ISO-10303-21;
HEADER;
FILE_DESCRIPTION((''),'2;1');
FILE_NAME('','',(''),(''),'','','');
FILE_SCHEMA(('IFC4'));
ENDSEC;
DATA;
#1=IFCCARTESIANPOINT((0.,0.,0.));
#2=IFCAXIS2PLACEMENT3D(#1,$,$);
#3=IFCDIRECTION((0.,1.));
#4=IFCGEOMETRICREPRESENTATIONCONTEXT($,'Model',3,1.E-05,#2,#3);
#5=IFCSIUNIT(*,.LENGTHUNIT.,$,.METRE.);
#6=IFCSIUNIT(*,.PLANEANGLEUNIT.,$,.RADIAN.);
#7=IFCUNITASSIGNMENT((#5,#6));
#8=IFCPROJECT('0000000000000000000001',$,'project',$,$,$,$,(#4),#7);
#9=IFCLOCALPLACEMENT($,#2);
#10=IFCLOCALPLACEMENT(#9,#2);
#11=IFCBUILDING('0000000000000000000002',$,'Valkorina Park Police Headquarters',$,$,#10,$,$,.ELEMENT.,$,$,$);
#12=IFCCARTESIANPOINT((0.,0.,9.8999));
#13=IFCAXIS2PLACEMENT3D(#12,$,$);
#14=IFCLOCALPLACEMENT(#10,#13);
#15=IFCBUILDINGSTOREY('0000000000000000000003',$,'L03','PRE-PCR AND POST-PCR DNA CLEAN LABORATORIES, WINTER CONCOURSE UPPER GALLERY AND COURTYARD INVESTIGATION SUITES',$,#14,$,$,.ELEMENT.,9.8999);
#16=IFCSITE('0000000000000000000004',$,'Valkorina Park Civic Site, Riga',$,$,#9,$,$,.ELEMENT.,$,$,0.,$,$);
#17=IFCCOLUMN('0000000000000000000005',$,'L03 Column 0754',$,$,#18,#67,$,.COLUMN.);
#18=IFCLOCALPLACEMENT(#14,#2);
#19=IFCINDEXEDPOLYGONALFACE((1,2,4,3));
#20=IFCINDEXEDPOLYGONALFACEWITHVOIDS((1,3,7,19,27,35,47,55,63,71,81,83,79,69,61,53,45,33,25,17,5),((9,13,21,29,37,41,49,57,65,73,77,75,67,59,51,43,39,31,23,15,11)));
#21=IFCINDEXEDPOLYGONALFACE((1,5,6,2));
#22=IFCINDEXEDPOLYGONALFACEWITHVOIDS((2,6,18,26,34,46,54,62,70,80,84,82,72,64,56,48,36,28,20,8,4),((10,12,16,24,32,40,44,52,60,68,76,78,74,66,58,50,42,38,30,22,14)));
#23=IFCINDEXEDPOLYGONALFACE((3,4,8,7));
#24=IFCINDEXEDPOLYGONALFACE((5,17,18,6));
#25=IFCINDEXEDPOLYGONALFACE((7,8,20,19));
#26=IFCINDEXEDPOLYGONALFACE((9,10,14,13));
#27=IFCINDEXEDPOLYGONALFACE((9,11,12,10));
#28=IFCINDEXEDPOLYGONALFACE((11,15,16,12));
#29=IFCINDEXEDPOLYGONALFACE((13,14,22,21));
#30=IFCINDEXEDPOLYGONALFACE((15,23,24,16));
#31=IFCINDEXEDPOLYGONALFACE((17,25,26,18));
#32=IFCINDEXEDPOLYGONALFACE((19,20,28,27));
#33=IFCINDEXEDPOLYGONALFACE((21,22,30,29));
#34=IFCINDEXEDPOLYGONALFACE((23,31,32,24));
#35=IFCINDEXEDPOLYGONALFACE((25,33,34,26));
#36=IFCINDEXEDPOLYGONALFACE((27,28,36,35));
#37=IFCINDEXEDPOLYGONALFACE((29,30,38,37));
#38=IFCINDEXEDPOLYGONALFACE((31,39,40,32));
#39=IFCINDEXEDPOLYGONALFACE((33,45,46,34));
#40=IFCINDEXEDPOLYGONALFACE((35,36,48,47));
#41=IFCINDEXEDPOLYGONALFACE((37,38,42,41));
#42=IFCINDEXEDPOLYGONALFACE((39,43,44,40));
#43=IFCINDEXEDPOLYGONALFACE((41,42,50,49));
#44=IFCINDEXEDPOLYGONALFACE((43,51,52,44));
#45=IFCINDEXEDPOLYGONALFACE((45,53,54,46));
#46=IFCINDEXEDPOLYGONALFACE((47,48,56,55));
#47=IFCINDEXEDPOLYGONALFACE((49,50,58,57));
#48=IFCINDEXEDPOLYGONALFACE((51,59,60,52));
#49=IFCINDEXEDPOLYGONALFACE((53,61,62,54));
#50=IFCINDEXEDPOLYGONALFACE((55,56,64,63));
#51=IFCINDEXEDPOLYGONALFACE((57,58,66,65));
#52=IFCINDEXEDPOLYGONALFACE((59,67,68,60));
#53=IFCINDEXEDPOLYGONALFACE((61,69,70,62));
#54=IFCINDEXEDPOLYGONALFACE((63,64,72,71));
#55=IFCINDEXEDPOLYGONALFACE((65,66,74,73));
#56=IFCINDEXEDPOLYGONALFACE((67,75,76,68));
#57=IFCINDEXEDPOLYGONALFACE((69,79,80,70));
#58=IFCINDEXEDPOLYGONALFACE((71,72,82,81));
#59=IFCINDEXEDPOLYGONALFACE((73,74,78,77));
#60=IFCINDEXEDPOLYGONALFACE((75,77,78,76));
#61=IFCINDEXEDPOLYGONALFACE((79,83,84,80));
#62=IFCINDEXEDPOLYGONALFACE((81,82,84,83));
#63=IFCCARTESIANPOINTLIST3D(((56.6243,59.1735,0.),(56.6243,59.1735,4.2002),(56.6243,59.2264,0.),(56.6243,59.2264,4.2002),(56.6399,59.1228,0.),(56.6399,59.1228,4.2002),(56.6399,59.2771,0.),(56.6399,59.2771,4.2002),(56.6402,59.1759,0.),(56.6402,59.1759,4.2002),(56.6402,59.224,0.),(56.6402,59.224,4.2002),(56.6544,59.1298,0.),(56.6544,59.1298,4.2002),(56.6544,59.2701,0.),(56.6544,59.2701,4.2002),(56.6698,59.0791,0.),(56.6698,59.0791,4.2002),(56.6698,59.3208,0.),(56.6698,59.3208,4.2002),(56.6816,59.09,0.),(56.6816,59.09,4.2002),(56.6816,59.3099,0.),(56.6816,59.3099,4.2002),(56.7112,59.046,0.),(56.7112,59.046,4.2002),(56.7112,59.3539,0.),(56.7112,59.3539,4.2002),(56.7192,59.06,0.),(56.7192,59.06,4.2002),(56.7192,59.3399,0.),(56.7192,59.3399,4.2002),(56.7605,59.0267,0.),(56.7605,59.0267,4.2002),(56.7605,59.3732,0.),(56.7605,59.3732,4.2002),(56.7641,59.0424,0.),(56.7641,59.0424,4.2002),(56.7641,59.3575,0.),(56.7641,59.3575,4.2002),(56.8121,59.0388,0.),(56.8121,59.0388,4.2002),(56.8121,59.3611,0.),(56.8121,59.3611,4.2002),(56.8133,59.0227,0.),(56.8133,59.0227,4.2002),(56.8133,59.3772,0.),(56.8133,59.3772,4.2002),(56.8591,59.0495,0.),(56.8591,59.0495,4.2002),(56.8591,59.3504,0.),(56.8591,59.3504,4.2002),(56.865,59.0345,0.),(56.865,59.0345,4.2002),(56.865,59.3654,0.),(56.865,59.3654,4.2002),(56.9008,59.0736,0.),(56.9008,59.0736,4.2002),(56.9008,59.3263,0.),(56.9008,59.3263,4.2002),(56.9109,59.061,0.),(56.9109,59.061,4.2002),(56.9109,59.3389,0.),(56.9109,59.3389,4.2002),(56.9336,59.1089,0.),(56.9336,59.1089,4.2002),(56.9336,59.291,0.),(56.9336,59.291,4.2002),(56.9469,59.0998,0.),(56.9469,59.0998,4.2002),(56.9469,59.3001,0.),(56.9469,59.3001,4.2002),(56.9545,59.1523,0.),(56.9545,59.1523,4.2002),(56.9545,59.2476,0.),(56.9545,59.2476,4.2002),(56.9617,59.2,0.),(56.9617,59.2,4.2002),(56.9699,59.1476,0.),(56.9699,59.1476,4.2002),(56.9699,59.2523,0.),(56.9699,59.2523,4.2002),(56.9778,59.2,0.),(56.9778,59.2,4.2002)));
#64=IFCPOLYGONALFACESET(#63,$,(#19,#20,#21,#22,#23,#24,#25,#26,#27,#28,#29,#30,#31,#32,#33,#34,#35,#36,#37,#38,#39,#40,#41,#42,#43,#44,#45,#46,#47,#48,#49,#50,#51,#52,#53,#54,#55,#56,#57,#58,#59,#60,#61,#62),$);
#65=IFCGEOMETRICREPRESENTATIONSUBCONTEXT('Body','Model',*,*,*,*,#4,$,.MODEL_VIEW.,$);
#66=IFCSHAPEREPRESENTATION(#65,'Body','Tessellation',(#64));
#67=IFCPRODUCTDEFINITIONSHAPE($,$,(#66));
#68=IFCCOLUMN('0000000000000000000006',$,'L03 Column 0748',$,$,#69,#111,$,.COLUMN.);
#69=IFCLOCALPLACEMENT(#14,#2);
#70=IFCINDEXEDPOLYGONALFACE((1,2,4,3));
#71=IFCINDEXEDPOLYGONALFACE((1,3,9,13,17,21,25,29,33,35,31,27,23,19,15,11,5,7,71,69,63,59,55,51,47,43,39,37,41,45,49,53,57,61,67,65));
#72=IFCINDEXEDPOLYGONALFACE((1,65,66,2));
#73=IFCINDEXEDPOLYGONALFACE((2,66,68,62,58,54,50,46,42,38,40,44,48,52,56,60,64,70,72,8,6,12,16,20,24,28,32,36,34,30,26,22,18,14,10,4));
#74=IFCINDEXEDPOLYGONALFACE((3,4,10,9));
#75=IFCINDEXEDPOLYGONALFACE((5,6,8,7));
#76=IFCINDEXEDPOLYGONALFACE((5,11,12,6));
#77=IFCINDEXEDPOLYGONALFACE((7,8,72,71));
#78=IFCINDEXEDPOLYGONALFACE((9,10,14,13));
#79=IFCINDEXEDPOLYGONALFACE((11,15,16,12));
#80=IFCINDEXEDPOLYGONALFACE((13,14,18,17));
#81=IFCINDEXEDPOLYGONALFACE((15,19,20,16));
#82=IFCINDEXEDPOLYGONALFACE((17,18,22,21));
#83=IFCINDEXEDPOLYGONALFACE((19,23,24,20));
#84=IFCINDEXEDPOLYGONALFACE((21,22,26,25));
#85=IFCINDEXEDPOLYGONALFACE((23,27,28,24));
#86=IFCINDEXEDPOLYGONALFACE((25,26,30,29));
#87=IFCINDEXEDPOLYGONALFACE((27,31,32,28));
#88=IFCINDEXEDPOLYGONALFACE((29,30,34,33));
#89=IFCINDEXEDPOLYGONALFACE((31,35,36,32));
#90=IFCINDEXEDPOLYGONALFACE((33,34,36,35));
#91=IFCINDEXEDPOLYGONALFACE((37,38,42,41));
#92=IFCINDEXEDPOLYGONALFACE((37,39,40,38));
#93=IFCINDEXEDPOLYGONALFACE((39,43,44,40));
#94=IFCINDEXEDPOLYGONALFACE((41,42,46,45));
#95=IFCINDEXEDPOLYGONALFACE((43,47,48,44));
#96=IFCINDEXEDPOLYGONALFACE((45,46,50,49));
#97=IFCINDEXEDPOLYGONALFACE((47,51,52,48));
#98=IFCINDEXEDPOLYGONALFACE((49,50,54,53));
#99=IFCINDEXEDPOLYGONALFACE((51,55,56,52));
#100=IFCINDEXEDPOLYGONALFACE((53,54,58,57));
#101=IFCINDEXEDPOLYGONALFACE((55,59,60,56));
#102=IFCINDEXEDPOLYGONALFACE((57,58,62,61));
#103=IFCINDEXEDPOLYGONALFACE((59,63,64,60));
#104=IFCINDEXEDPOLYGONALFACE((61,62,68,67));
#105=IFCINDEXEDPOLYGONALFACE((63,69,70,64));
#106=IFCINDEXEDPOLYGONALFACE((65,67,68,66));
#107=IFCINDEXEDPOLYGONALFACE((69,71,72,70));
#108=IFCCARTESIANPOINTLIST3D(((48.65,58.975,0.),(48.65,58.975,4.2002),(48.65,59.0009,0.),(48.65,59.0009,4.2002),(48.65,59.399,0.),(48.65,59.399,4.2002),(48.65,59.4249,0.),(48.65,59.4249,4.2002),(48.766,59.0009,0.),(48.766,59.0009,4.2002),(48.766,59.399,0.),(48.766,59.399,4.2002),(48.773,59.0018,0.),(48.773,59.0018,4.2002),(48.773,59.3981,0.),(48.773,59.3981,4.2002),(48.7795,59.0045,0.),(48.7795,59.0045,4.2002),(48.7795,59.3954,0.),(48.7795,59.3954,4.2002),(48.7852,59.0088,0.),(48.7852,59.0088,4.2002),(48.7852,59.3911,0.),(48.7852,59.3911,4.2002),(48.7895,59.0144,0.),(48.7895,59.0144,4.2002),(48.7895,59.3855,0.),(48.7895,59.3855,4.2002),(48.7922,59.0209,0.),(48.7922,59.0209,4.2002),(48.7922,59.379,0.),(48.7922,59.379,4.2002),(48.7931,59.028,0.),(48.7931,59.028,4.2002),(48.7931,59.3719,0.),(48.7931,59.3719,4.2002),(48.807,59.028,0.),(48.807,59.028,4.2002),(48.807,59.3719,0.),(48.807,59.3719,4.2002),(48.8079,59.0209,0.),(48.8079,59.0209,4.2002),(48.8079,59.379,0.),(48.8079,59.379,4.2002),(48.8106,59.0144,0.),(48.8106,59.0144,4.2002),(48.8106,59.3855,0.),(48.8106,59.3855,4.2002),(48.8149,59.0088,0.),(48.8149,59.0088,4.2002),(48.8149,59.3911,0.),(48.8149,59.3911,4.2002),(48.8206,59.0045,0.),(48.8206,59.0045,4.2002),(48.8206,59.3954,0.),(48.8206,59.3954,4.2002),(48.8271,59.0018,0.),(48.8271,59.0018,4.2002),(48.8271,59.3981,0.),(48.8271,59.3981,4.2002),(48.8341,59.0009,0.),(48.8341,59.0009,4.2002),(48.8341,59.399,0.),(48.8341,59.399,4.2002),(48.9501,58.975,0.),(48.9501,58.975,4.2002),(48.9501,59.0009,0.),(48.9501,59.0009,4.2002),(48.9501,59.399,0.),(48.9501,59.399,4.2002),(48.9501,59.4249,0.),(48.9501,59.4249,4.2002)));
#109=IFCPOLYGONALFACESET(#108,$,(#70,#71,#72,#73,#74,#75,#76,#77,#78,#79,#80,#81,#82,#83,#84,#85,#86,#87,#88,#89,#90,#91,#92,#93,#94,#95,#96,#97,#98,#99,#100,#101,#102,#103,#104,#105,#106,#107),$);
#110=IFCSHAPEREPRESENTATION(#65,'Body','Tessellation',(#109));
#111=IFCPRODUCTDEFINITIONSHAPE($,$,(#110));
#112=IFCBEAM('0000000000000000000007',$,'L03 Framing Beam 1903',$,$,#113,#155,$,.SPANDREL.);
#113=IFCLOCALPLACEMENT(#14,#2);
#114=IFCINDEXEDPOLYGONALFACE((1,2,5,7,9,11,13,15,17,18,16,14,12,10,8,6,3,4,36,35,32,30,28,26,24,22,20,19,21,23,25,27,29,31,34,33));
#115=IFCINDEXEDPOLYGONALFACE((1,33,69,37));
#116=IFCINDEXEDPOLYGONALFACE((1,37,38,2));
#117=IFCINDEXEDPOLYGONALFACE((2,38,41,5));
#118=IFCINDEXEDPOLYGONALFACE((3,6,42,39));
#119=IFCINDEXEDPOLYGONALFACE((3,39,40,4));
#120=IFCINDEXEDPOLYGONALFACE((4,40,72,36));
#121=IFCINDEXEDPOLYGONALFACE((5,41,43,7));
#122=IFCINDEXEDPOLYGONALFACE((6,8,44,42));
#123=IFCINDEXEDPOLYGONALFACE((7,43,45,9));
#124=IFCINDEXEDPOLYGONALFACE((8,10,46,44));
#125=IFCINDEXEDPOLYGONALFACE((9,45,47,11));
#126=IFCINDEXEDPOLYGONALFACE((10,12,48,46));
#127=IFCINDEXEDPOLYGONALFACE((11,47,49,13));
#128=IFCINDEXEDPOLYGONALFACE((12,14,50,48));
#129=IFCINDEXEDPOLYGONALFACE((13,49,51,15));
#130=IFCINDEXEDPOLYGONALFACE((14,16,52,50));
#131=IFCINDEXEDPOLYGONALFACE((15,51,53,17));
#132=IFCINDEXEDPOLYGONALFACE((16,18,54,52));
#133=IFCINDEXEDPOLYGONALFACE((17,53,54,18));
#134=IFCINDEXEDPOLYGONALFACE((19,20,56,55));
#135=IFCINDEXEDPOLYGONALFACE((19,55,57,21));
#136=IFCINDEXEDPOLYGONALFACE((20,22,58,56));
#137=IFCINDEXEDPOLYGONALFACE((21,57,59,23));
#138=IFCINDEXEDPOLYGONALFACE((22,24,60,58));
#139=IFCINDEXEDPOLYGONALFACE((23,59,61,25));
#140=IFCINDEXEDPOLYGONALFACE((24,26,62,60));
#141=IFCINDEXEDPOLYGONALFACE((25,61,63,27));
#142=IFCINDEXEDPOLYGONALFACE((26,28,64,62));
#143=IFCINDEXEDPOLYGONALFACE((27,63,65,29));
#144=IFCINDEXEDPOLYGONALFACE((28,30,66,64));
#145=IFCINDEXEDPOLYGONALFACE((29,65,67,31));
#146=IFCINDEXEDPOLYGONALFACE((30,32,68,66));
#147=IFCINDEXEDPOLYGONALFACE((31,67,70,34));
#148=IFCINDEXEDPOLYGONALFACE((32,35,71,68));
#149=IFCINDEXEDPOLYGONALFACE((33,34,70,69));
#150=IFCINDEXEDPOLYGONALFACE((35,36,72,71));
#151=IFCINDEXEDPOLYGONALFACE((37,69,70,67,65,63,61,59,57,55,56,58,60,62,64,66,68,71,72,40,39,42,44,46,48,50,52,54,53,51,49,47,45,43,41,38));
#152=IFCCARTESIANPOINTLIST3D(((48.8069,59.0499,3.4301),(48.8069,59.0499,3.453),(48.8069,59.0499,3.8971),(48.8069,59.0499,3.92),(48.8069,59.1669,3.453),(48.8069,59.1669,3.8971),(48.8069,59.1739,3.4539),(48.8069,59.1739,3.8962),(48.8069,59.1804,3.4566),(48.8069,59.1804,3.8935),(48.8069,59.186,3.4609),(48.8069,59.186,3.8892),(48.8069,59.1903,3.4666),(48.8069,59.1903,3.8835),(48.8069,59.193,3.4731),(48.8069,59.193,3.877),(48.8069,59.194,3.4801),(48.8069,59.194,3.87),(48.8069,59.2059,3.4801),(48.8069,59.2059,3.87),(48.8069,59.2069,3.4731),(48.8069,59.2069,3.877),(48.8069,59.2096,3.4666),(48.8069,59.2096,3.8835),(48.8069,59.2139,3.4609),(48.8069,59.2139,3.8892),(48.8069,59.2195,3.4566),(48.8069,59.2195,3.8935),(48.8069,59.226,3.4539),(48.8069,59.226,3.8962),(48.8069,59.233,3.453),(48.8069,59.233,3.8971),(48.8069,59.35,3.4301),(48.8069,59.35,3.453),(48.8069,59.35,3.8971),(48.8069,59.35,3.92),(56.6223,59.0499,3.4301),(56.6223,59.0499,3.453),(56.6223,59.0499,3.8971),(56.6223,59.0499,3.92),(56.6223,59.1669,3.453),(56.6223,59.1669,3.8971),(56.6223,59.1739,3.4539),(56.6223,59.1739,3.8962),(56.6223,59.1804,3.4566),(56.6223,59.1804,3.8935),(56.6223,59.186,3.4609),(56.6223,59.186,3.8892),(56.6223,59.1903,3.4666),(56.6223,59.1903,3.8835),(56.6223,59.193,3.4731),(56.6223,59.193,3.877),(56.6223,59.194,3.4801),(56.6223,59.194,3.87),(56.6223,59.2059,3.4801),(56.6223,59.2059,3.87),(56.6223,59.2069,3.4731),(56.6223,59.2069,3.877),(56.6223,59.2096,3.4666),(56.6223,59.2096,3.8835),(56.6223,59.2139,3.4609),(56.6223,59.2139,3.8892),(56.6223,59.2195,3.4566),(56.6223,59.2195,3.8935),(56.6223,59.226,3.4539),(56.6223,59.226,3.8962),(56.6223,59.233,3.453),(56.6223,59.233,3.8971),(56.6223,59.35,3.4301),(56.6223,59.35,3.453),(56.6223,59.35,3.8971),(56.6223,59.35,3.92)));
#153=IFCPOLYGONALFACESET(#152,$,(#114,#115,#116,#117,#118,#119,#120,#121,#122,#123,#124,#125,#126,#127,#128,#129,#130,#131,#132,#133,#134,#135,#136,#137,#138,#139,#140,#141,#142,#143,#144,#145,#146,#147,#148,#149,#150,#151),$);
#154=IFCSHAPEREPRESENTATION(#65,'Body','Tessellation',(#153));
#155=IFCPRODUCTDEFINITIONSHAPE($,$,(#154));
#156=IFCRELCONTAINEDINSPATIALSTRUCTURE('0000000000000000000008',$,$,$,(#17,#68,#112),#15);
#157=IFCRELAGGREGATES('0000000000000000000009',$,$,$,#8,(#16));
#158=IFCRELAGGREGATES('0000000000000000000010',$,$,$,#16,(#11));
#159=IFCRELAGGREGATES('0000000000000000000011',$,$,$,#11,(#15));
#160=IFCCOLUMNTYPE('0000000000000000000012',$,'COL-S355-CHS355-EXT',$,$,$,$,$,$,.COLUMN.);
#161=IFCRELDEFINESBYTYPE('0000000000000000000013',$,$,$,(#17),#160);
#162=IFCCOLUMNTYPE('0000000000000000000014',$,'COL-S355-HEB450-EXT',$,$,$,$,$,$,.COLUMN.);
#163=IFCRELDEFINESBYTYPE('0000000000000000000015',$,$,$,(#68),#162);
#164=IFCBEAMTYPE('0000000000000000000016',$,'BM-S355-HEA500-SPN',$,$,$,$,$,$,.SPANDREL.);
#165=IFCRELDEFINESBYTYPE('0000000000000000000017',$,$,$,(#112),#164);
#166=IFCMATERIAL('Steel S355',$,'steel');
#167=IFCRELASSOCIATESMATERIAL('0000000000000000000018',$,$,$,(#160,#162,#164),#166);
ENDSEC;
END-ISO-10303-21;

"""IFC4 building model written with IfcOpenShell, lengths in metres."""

from ifc_helpers import new_model, si_unit, direction, frame, origin, origin_2d, place, context, subcontext, project, spatial, hollow_circle, i_section, extrude, material, material_profile, profile_set, type_object, element, save


model = new_model("IFC4")

# Units and contexts
model_context = context("Model", 3, precision=1e-05, world=origin(), true_north=direction((0.0, 1.0)))
body_context = subcontext(model_context, "Body", "Model", "MODEL_VIEW")
ifc_project = project(units=[si_unit("LENGTHUNIT", "METRE"), si_unit("PLANEANGLEUNIT", "RADIAN")], contexts=[model_context])

# Site, building, storey
site_placement = place(None, origin())
site = spatial("IfcSite", under=ifc_project, at=site_placement, Name="Valkorina Park Civic Site, Riga", CompositionType="ELEMENT", RefElevation=0.0)
building_placement = place(site_placement, origin())
building = spatial("IfcBuilding", under=site, at=building_placement, Name="Valkorina Park Police Headquarters", CompositionType="ELEMENT")
storey_placement = place(building_placement, frame((0.0, 0.0, 9.8999)))
storey = spatial("IfcBuildingStorey", under=building, at=storey_placement, Name="L03", Description="PRE-PCR AND POST-PCR DNA CLEAN LABORATORIES, WINTER CONCOURSE UPPER GALLERY AND COURTYARD INVESTIGATION SUITES", CompositionType="ELEMENT", Elevation=9.8999)

# Columns
ifc_material_1 = material(Name="Steel S355", Category="steel")
ifc_material_profile_1 = material_profile(ifc_material_1, hollow_circle(Radius=0.1777, WallThickness=0.0161, at=origin_2d()), Name="CHS 355.6x16")
ifc_profile_set_1 = profile_set([ifc_material_profile_1], Name="Steel S355")
column_type_1 = type_object("IfcColumnType", Name="COL-S355-CHS355-EXT", PredefinedType="COLUMN", material=ifc_profile_set_1)
column_1_placement = place(storey_placement, frame((56.8, 59.2, 0.0), z_axis=(0.0, 0.0, 1.0), x_axis=(1.0, 0.0, 0.0)))
element("IfcColumn", 1, at=column_1_placement, inside=storey, type_object=column_type_1, Name="L03 Column 0754", PredefinedType="COLUMN", context=body_context, shape_type="SweptSolid", body=[
    extrude(hollow_circle(Radius=0.1777, WallThickness=0.0161, at=origin_2d()), origin(), (0.0, 0.0, 1.0), 4.2002),
])
ifc_material_profile_2 = material_profile(ifc_material_1, i_section(OverallWidth=0.3, OverallDepth=0.45, WebThickness=0.0139, FlangeThickness=0.0259, FilletRadius=0.0271, at=origin_2d()), Name="HEB 450")
ifc_profile_set_2 = profile_set([ifc_material_profile_2], Name="Steel S355")
column_type_2 = type_object("IfcColumnType", Name="COL-S355-HEB450-EXT", PredefinedType="COLUMN", material=ifc_profile_set_2)
column_2_placement = place(storey_placement, frame((48.8, 59.2, 0.0), z_axis=(0.0, 0.0, 1.0), x_axis=(1.0, 0.0, 0.0)))
element("IfcColumn", 2, at=column_2_placement, inside=storey, type_object=column_type_2, Name="L03 Column 0748", PredefinedType="COLUMN", context=body_context, shape_type="SweptSolid", body=[
    extrude(i_section(OverallWidth=0.3, OverallDepth=0.45, WebThickness=0.0139, FlangeThickness=0.0259, FilletRadius=0.0271, at=origin_2d()), origin(), (0.0, 0.0, 1.0), 4.2002),
])

# Beam
ifc_material_profile_3 = material_profile(ifc_material_1, i_section(OverallWidth=0.3, OverallDepth=0.49, WebThickness=0.012, FlangeThickness=0.0229, FilletRadius=0.0271, at=origin_2d()), Name="HEA 500")
ifc_profile_set_3 = profile_set([ifc_material_profile_3], Name="Steel S355")
beam_type_1 = type_object("IfcBeamType", Name="BM-S355-HEA500-SPN", PredefinedType="SPANDREL", material=ifc_profile_set_3)
beam_1_placement = place(storey_placement, frame((48.8069, 59.2, 3.675), z_axis=(1.0, 0.0, 0.0), x_axis=(0.0, 1.0, 0.0)))
element("IfcBeam", 3, at=beam_1_placement, inside=storey, type_object=beam_type_1, Name="L03 Framing Beam 1903", PredefinedType="SPANDREL", context=body_context, shape_type="SweptSolid", body=[
    extrude(i_section(OverallWidth=0.3, OverallDepth=0.49, WebThickness=0.012, FlangeThickness=0.0229, FilletRadius=0.0271, at=origin_2d()), origin(), (0.0, 0.0, 1.0), 7.8154),
])

save(model, "model.ifc")
